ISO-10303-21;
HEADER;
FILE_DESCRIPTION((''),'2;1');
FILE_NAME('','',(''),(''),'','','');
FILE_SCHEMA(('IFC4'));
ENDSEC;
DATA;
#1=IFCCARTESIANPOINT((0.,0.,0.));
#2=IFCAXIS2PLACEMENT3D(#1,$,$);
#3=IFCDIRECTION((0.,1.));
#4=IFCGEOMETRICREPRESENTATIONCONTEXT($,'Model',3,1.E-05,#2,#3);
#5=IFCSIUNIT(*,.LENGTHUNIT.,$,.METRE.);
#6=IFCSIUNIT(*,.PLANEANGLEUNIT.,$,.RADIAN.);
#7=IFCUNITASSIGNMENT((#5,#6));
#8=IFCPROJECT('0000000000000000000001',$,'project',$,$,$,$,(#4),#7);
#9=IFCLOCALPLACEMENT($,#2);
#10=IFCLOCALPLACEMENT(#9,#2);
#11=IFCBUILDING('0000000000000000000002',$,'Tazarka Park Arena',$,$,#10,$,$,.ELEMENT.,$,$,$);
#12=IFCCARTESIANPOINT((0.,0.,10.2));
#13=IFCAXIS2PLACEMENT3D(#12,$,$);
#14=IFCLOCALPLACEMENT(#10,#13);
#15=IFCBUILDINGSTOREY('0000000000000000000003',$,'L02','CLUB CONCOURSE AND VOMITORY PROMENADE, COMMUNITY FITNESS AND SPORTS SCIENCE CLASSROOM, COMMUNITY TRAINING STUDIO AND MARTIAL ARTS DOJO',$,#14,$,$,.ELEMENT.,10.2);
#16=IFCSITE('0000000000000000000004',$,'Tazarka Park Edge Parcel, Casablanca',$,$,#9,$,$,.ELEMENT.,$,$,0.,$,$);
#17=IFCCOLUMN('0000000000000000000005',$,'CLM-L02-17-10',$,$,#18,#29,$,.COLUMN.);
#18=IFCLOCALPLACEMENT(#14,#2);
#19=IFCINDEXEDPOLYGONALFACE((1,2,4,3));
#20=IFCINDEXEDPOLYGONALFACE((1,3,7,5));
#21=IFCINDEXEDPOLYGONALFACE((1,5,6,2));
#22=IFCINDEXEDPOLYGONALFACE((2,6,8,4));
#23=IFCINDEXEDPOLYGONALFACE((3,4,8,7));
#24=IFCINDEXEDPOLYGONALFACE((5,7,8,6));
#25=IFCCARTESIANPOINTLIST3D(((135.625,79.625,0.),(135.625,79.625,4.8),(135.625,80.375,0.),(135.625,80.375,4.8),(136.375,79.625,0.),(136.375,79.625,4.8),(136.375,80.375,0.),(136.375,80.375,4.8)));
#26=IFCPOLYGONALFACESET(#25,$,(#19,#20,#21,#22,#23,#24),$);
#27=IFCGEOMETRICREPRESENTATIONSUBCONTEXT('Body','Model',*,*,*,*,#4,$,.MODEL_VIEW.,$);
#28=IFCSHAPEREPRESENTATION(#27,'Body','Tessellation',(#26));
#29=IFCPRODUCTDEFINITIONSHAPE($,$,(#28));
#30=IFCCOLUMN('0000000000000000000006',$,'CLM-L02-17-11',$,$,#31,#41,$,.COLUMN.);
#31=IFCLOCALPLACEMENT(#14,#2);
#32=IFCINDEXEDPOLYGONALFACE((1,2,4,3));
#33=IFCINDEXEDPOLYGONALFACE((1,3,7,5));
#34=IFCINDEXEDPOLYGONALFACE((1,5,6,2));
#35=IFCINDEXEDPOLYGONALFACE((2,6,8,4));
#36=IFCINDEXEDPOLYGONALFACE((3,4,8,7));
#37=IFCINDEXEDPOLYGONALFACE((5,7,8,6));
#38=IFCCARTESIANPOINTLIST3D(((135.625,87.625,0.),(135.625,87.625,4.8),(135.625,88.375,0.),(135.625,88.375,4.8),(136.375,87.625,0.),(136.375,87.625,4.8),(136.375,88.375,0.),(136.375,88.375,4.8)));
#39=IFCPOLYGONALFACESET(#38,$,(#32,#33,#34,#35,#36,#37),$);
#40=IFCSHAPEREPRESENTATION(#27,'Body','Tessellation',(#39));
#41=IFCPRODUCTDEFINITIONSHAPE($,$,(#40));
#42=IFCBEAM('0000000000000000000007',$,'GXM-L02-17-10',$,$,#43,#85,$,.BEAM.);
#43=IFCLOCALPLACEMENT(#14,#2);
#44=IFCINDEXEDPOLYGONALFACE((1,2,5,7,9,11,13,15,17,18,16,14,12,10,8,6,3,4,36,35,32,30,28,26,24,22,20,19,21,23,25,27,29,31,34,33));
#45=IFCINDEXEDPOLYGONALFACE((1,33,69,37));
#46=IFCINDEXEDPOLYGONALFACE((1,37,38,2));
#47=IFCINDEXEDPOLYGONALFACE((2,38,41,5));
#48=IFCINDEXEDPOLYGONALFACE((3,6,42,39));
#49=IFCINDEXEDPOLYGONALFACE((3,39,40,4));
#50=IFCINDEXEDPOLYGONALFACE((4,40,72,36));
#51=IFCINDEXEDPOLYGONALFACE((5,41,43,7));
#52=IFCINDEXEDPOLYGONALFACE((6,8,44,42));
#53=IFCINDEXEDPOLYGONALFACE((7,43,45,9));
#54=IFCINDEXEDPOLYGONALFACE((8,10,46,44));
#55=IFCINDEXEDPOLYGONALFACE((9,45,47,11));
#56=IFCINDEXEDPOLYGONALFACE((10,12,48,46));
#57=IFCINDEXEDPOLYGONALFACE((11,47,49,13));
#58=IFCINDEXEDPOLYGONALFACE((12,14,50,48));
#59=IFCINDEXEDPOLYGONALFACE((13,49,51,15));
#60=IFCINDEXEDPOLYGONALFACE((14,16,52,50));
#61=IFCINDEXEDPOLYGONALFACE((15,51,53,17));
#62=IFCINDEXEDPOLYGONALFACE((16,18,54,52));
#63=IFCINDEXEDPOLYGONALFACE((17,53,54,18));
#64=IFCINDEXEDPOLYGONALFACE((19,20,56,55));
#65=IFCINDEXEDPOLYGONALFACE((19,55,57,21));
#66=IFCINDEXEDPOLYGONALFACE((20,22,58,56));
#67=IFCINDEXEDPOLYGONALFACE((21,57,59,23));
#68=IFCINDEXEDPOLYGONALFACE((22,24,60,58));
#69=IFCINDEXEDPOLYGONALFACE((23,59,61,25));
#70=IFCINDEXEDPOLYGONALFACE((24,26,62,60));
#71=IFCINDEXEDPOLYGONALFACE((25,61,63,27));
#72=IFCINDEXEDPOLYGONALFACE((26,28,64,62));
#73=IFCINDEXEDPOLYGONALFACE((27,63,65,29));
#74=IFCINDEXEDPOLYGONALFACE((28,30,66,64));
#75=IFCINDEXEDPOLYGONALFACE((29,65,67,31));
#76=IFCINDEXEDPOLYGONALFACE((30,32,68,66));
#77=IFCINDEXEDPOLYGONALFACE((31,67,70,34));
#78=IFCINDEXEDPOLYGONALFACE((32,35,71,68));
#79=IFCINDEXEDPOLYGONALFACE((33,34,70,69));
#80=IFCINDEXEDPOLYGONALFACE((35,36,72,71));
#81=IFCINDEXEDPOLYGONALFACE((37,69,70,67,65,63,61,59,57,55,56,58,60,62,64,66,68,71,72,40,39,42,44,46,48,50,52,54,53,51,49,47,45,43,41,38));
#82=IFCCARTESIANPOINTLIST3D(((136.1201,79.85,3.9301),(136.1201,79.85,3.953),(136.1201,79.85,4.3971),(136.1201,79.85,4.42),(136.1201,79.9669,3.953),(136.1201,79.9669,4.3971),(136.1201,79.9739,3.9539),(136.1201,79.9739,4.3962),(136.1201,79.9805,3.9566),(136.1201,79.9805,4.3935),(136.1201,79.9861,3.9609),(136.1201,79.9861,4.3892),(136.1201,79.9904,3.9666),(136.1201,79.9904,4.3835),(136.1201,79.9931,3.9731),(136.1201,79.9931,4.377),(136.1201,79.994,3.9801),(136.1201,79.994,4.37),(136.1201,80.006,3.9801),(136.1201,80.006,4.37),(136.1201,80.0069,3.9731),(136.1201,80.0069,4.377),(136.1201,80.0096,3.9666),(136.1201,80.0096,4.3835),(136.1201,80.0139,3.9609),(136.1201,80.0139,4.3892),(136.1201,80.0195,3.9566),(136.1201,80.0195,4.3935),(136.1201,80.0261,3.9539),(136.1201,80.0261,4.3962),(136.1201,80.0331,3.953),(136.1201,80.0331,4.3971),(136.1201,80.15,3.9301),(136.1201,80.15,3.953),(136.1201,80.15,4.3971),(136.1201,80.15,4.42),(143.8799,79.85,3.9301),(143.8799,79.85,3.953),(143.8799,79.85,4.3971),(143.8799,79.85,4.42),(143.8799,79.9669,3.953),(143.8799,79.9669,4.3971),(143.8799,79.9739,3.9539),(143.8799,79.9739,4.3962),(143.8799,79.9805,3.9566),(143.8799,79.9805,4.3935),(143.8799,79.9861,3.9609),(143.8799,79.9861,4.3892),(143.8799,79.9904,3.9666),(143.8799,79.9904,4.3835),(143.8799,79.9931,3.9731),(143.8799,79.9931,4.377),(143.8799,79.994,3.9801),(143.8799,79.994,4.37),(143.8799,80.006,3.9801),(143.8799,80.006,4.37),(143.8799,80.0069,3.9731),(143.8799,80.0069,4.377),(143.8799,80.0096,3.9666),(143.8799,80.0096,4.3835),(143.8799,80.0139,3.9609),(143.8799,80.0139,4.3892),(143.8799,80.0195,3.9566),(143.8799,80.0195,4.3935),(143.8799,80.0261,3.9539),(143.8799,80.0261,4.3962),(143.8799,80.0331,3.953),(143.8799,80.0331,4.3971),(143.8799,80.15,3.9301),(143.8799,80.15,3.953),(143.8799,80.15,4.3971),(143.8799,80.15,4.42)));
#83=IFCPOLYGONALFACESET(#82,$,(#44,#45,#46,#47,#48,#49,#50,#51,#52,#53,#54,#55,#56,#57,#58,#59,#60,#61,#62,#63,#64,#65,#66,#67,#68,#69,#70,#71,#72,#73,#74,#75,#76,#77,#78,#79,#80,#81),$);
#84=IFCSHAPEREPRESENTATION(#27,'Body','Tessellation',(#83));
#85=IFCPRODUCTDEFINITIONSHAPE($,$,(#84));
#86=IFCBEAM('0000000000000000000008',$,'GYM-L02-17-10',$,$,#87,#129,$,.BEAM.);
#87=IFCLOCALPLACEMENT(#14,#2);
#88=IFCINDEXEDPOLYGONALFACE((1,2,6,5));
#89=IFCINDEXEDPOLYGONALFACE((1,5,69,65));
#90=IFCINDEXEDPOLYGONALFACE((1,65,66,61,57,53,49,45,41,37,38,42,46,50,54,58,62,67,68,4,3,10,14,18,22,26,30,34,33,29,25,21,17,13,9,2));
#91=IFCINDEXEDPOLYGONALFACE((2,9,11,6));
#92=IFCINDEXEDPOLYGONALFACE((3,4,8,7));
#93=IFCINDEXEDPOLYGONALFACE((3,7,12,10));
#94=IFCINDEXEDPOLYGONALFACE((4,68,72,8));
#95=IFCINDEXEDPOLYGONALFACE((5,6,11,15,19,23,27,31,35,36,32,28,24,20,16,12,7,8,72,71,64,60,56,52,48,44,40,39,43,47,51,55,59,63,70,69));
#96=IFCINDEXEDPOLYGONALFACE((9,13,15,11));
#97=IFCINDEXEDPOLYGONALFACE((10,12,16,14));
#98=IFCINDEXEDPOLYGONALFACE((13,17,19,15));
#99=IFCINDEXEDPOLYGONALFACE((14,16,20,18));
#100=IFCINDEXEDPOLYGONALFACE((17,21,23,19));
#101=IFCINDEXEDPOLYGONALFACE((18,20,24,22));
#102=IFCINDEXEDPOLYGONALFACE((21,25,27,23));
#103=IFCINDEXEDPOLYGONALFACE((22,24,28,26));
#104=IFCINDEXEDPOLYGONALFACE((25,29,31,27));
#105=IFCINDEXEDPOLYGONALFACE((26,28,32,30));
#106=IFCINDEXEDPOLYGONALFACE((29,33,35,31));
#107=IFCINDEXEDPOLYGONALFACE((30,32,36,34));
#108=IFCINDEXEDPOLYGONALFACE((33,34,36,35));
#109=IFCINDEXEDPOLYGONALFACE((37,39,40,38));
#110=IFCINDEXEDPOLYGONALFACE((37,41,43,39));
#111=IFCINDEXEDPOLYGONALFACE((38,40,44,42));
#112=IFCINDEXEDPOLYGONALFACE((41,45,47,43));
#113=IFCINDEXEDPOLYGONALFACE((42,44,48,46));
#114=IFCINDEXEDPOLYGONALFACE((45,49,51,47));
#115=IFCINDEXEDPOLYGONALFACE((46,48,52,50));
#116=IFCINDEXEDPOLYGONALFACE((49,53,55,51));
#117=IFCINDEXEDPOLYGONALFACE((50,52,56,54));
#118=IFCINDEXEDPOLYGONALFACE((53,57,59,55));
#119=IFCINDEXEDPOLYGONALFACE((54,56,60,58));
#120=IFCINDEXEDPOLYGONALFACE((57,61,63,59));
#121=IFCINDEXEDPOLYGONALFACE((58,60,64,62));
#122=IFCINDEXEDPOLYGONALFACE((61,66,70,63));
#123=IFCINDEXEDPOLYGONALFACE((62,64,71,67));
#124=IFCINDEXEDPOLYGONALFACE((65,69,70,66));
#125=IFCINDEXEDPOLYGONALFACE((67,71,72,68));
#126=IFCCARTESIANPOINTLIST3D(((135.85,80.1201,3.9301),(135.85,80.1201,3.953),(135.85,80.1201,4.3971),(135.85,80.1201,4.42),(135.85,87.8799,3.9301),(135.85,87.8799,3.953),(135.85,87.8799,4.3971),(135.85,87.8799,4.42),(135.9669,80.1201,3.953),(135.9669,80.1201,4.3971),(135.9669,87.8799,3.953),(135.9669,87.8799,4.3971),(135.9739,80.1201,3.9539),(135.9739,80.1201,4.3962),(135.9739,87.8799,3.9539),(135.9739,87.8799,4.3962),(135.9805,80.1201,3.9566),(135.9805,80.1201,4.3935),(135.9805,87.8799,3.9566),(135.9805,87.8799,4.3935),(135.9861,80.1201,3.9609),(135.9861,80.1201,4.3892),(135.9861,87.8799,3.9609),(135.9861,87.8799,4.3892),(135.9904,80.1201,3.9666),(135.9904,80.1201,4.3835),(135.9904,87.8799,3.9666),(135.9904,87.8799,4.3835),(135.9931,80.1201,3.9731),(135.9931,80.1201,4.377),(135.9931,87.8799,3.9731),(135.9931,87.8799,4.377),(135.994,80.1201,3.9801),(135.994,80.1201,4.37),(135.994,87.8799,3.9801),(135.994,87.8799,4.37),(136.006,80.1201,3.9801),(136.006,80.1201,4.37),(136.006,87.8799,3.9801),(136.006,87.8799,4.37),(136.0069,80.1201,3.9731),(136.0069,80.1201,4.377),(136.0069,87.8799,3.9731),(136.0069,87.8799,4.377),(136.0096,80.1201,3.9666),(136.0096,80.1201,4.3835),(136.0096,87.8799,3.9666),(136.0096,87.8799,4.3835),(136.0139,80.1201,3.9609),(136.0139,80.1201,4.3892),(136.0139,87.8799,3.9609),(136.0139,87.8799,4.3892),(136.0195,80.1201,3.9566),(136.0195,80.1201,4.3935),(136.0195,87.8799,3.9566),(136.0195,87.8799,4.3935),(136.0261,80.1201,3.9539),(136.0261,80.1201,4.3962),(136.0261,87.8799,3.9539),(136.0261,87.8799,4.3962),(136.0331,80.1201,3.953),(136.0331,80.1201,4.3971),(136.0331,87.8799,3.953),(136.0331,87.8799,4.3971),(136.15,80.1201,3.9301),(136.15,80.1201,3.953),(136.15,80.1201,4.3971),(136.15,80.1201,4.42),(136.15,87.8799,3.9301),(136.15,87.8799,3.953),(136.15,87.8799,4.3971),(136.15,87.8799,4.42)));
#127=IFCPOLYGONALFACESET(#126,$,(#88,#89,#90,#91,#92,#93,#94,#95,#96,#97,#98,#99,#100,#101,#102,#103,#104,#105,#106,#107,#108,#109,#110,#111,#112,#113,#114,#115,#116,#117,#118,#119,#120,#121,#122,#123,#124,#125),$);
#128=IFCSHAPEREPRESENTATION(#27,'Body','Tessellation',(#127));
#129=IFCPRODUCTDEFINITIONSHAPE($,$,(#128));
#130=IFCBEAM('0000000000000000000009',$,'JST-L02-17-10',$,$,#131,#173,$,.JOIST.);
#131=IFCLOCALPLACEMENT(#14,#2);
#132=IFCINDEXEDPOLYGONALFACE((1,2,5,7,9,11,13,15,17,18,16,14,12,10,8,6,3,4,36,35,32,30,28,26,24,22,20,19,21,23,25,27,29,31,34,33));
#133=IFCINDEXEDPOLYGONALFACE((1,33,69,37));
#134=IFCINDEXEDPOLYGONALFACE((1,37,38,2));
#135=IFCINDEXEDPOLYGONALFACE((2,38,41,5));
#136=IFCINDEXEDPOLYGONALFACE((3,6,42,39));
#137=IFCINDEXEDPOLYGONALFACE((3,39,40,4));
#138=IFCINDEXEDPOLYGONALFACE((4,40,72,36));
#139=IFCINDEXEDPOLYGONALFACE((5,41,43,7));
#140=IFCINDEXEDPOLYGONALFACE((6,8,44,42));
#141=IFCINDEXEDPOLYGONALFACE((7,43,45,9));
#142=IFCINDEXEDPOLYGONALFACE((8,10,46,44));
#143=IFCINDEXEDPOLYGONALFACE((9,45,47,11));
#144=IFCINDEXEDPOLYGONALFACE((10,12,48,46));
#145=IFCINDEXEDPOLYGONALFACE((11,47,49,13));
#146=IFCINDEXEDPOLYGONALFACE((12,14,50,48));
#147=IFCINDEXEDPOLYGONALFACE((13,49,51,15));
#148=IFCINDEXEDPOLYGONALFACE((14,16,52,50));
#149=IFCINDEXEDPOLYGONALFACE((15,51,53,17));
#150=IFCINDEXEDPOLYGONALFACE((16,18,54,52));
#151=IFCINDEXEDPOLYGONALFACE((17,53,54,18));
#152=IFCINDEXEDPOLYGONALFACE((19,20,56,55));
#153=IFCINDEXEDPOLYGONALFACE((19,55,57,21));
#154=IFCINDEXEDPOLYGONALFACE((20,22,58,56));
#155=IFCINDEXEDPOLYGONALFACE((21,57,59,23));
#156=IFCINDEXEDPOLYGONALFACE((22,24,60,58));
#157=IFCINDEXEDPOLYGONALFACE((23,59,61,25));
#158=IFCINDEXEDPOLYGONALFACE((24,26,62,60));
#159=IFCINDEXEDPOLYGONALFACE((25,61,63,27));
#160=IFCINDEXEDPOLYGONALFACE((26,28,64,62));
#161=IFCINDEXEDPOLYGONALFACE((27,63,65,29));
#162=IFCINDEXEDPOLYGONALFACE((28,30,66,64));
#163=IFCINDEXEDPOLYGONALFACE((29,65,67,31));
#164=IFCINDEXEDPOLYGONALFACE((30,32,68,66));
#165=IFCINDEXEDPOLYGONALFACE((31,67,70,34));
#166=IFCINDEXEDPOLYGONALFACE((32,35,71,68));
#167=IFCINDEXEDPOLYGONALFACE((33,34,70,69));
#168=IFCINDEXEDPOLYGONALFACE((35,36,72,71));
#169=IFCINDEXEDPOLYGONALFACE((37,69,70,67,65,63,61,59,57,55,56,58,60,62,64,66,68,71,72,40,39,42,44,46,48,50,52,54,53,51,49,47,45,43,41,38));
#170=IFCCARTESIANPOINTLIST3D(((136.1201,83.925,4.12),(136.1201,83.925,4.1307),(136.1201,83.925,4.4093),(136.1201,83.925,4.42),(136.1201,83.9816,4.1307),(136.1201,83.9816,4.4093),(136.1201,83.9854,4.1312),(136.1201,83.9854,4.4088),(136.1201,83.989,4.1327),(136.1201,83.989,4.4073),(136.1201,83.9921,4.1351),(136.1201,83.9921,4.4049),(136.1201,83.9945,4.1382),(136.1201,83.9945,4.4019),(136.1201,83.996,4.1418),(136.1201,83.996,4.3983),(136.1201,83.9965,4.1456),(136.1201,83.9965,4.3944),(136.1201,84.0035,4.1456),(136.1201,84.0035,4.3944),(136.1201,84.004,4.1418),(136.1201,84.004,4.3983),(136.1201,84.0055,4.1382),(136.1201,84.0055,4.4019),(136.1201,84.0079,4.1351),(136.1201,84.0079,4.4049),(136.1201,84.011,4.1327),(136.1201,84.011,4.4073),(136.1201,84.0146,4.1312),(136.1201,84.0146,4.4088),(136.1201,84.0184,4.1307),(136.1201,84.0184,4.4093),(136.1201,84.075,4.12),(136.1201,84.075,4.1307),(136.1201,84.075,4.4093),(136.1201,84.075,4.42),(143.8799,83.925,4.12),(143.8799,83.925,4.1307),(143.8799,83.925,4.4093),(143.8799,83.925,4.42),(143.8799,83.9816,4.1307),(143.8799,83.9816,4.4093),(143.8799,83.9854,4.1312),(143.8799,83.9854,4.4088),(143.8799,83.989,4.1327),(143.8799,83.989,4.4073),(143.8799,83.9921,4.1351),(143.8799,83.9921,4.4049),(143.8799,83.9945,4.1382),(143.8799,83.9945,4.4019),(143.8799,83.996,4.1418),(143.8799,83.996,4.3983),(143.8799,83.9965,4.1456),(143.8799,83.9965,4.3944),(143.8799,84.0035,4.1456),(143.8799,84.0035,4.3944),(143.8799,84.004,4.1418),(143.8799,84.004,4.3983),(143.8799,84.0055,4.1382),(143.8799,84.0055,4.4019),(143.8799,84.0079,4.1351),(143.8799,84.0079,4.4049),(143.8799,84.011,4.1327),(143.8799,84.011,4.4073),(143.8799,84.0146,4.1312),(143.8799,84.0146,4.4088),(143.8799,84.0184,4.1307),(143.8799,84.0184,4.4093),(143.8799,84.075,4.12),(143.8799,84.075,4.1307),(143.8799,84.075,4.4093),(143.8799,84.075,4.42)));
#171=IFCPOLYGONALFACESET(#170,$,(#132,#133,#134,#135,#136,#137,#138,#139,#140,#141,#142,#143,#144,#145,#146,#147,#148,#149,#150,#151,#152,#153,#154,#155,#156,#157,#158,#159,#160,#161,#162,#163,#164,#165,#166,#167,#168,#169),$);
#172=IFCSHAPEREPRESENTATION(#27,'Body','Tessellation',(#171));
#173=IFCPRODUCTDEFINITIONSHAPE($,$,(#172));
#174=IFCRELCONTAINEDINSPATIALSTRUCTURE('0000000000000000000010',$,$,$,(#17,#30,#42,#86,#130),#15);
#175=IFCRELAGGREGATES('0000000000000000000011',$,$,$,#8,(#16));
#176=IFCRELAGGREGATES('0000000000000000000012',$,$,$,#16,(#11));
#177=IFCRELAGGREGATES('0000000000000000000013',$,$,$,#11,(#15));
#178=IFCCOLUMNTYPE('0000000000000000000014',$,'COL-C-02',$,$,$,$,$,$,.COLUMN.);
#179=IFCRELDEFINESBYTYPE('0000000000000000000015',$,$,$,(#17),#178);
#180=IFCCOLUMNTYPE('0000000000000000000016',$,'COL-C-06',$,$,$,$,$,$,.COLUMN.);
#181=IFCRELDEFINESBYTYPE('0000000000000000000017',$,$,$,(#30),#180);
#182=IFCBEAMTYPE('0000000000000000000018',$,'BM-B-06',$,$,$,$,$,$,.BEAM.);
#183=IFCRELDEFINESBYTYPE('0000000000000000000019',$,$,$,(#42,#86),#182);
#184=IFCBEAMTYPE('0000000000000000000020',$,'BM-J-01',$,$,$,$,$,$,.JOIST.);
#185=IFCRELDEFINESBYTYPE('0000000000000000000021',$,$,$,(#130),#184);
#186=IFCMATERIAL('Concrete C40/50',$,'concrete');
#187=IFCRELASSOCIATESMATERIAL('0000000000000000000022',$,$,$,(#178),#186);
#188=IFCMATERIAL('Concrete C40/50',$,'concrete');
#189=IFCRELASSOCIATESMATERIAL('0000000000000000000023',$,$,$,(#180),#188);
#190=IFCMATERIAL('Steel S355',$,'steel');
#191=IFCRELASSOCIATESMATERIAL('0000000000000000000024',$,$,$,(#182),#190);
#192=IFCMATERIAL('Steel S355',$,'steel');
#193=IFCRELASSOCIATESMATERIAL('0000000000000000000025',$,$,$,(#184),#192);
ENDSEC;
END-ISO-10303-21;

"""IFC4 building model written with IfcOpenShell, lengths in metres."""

from ifc_helpers import new_model, si_unit, direction, frame, origin, origin_2d, place, context, subcontext, project, spatial, rectangle, i_section, extrude, material, material_profile, profile_set, type_object, element, save


model = new_model("IFC4")

# Units and contexts
model_context = context("Model", 3, precision=1e-05, world=origin(), true_north=direction((0.0, 1.0)))
body_context = subcontext(model_context, "Body", "Model", "MODEL_VIEW")
ifc_project = project(units=[si_unit("LENGTHUNIT", "METRE"), si_unit("PLANEANGLEUNIT", "RADIAN")], contexts=[model_context])

# Site, building, storey
site_placement = place(None, origin())
site = spatial("IfcSite", under=ifc_project, at=site_placement, Name="Tazarka Park Edge Parcel, Casablanca", CompositionType="ELEMENT", RefElevation=0.0)
building_placement = place(site_placement, origin())
building = spatial("IfcBuilding", under=site, at=building_placement, Name="Tazarka Park Arena", CompositionType="ELEMENT")
storey_placement = place(building_placement, frame((0.0, 0.0, 10.2)))
storey = spatial("IfcBuildingStorey", under=building, at=storey_placement, Name="L02", Description="CLUB CONCOURSE AND VOMITORY PROMENADE, COMMUNITY FITNESS AND SPORTS SCIENCE CLASSROOM, COMMUNITY TRAINING STUDIO AND MARTIAL ARTS DOJO", CompositionType="ELEMENT", Elevation=10.2)

# Columns
ifc_material_1 = material(Name="Concrete C40/50", Category="concrete")
ifc_material_profile_1 = material_profile(ifc_material_1, rectangle(XDim=0.75, YDim=0.75, at=origin_2d()), Name="Concrete C40/50")
ifc_profile_set_1 = profile_set([ifc_material_profile_1], Name="Concrete C40/50")
column_type_1 = type_object("IfcColumnType", Name="COL-C-02", PredefinedType="COLUMN", material=ifc_profile_set_1)
column_1_placement = place(storey_placement, frame((136.0, 80.0, 0.0), z_axis=(0.0, 0.0, 1.0), x_axis=(1.0, 0.0, 0.0)))
element("IfcColumn", 1, at=column_1_placement, inside=storey, type_object=column_type_1, Name="CLM-L02-17-10", PredefinedType="COLUMN", context=body_context, shape_type="SweptSolid", body=[
    extrude(rectangle(XDim=0.75, YDim=0.75, at=origin_2d()), origin(), (0.0, 0.0, 1.0), 4.8),
])
ifc_material_2 = material(Name="Concrete C40/50", Category="concrete")
ifc_material_profile_2 = material_profile(ifc_material_2, rectangle(XDim=0.75, YDim=0.75, at=origin_2d()), Name="Concrete C40/50")
ifc_profile_set_2 = profile_set([ifc_material_profile_2], Name="Concrete C40/50")
column_type_2 = type_object("IfcColumnType", Name="COL-C-06", PredefinedType="COLUMN", material=ifc_profile_set_2)
column_2_placement = place(storey_placement, frame((136.0, 88.0, 0.0), z_axis=(0.0, 0.0, 1.0), x_axis=(1.0, 0.0, 0.0)))
element("IfcColumn", 2, at=column_2_placement, inside=storey, type_object=column_type_2, Name="CLM-L02-17-11", PredefinedType="COLUMN", context=body_context, shape_type="SweptSolid", body=[
    extrude(rectangle(XDim=0.75, YDim=0.75, at=origin_2d()), origin(), (0.0, 0.0, 1.0), 4.8),
])

# Beams
ifc_material_3 = material(Name="Steel S355", Category="steel")
ifc_material_profile_3 = material_profile(ifc_material_3, i_section(OverallWidth=0.3, OverallDepth=0.49, WebThickness=0.012, FlangeThickness=0.0229, FilletRadius=0.0271, at=origin_2d()), Name="Steel S355")
ifc_profile_set_3 = profile_set([ifc_material_profile_3], Name="Steel S355")
beam_type_1 = type_object("IfcBeamType", Name="BM-B-06", PredefinedType="BEAM", material=ifc_profile_set_3)
for number, where, z_axis, x_axis, name in (
    (3, (136.1201, 80.0, 4.175), (1.0, 0.0, 0.0), (0.0, 1.0, 0.0), "GXM-L02-17-10"),
    (4, (136.0, 80.1201, 4.175), (0.0, 1.0, 0.0), (-1.0, 0.0, 0.0), "GYM-L02-17-10"),
):
    element("IfcBeam", number, at=place(storey_placement, frame(where, z_axis=z_axis, x_axis=x_axis)), inside=storey, type_object=beam_type_1, Name=name, PredefinedType="BEAM", context=body_context, shape_type="SweptSolid", body=[
        extrude(i_section(OverallWidth=0.3, OverallDepth=0.49, WebThickness=0.012, FlangeThickness=0.0229, FilletRadius=0.0271, at=origin_2d()), origin(), (0.0, 0.0, 1.0), 7.7598),
    ])
ifc_material_4 = material(Name="Steel S355", Category="steel")
ifc_material_profile_4 = material_profile(ifc_material_4, i_section(OverallWidth=0.1499, OverallDepth=0.3, WebThickness=0.0071, FlangeThickness=0.0107, FilletRadius=0.0149, at=origin_2d()), Name="Steel S355")
ifc_profile_set_4 = profile_set([ifc_material_profile_4], Name="Steel S355")
beam_type_2 = type_object("IfcBeamType", Name="BM-J-01", PredefinedType="JOIST", material=ifc_profile_set_4)
beam_1_placement = place(storey_placement, frame((136.1201, 84.0, 4.27), z_axis=(1.0, 0.0, 0.0), x_axis=(0.0, 1.0, 0.0)))
element("IfcBeam", 5, at=beam_1_placement, inside=storey, type_object=beam_type_2, Name="JST-L02-17-10", PredefinedType="JOIST", context=body_context, shape_type="SweptSolid", body=[
    extrude(i_section(OverallWidth=0.1499, OverallDepth=0.3, WebThickness=0.0071, FlangeThickness=0.0107, FilletRadius=0.0149, at=origin_2d()), origin(), (0.0, 0.0, 1.0), 7.7598),
])

save(model, "model.ifc")
